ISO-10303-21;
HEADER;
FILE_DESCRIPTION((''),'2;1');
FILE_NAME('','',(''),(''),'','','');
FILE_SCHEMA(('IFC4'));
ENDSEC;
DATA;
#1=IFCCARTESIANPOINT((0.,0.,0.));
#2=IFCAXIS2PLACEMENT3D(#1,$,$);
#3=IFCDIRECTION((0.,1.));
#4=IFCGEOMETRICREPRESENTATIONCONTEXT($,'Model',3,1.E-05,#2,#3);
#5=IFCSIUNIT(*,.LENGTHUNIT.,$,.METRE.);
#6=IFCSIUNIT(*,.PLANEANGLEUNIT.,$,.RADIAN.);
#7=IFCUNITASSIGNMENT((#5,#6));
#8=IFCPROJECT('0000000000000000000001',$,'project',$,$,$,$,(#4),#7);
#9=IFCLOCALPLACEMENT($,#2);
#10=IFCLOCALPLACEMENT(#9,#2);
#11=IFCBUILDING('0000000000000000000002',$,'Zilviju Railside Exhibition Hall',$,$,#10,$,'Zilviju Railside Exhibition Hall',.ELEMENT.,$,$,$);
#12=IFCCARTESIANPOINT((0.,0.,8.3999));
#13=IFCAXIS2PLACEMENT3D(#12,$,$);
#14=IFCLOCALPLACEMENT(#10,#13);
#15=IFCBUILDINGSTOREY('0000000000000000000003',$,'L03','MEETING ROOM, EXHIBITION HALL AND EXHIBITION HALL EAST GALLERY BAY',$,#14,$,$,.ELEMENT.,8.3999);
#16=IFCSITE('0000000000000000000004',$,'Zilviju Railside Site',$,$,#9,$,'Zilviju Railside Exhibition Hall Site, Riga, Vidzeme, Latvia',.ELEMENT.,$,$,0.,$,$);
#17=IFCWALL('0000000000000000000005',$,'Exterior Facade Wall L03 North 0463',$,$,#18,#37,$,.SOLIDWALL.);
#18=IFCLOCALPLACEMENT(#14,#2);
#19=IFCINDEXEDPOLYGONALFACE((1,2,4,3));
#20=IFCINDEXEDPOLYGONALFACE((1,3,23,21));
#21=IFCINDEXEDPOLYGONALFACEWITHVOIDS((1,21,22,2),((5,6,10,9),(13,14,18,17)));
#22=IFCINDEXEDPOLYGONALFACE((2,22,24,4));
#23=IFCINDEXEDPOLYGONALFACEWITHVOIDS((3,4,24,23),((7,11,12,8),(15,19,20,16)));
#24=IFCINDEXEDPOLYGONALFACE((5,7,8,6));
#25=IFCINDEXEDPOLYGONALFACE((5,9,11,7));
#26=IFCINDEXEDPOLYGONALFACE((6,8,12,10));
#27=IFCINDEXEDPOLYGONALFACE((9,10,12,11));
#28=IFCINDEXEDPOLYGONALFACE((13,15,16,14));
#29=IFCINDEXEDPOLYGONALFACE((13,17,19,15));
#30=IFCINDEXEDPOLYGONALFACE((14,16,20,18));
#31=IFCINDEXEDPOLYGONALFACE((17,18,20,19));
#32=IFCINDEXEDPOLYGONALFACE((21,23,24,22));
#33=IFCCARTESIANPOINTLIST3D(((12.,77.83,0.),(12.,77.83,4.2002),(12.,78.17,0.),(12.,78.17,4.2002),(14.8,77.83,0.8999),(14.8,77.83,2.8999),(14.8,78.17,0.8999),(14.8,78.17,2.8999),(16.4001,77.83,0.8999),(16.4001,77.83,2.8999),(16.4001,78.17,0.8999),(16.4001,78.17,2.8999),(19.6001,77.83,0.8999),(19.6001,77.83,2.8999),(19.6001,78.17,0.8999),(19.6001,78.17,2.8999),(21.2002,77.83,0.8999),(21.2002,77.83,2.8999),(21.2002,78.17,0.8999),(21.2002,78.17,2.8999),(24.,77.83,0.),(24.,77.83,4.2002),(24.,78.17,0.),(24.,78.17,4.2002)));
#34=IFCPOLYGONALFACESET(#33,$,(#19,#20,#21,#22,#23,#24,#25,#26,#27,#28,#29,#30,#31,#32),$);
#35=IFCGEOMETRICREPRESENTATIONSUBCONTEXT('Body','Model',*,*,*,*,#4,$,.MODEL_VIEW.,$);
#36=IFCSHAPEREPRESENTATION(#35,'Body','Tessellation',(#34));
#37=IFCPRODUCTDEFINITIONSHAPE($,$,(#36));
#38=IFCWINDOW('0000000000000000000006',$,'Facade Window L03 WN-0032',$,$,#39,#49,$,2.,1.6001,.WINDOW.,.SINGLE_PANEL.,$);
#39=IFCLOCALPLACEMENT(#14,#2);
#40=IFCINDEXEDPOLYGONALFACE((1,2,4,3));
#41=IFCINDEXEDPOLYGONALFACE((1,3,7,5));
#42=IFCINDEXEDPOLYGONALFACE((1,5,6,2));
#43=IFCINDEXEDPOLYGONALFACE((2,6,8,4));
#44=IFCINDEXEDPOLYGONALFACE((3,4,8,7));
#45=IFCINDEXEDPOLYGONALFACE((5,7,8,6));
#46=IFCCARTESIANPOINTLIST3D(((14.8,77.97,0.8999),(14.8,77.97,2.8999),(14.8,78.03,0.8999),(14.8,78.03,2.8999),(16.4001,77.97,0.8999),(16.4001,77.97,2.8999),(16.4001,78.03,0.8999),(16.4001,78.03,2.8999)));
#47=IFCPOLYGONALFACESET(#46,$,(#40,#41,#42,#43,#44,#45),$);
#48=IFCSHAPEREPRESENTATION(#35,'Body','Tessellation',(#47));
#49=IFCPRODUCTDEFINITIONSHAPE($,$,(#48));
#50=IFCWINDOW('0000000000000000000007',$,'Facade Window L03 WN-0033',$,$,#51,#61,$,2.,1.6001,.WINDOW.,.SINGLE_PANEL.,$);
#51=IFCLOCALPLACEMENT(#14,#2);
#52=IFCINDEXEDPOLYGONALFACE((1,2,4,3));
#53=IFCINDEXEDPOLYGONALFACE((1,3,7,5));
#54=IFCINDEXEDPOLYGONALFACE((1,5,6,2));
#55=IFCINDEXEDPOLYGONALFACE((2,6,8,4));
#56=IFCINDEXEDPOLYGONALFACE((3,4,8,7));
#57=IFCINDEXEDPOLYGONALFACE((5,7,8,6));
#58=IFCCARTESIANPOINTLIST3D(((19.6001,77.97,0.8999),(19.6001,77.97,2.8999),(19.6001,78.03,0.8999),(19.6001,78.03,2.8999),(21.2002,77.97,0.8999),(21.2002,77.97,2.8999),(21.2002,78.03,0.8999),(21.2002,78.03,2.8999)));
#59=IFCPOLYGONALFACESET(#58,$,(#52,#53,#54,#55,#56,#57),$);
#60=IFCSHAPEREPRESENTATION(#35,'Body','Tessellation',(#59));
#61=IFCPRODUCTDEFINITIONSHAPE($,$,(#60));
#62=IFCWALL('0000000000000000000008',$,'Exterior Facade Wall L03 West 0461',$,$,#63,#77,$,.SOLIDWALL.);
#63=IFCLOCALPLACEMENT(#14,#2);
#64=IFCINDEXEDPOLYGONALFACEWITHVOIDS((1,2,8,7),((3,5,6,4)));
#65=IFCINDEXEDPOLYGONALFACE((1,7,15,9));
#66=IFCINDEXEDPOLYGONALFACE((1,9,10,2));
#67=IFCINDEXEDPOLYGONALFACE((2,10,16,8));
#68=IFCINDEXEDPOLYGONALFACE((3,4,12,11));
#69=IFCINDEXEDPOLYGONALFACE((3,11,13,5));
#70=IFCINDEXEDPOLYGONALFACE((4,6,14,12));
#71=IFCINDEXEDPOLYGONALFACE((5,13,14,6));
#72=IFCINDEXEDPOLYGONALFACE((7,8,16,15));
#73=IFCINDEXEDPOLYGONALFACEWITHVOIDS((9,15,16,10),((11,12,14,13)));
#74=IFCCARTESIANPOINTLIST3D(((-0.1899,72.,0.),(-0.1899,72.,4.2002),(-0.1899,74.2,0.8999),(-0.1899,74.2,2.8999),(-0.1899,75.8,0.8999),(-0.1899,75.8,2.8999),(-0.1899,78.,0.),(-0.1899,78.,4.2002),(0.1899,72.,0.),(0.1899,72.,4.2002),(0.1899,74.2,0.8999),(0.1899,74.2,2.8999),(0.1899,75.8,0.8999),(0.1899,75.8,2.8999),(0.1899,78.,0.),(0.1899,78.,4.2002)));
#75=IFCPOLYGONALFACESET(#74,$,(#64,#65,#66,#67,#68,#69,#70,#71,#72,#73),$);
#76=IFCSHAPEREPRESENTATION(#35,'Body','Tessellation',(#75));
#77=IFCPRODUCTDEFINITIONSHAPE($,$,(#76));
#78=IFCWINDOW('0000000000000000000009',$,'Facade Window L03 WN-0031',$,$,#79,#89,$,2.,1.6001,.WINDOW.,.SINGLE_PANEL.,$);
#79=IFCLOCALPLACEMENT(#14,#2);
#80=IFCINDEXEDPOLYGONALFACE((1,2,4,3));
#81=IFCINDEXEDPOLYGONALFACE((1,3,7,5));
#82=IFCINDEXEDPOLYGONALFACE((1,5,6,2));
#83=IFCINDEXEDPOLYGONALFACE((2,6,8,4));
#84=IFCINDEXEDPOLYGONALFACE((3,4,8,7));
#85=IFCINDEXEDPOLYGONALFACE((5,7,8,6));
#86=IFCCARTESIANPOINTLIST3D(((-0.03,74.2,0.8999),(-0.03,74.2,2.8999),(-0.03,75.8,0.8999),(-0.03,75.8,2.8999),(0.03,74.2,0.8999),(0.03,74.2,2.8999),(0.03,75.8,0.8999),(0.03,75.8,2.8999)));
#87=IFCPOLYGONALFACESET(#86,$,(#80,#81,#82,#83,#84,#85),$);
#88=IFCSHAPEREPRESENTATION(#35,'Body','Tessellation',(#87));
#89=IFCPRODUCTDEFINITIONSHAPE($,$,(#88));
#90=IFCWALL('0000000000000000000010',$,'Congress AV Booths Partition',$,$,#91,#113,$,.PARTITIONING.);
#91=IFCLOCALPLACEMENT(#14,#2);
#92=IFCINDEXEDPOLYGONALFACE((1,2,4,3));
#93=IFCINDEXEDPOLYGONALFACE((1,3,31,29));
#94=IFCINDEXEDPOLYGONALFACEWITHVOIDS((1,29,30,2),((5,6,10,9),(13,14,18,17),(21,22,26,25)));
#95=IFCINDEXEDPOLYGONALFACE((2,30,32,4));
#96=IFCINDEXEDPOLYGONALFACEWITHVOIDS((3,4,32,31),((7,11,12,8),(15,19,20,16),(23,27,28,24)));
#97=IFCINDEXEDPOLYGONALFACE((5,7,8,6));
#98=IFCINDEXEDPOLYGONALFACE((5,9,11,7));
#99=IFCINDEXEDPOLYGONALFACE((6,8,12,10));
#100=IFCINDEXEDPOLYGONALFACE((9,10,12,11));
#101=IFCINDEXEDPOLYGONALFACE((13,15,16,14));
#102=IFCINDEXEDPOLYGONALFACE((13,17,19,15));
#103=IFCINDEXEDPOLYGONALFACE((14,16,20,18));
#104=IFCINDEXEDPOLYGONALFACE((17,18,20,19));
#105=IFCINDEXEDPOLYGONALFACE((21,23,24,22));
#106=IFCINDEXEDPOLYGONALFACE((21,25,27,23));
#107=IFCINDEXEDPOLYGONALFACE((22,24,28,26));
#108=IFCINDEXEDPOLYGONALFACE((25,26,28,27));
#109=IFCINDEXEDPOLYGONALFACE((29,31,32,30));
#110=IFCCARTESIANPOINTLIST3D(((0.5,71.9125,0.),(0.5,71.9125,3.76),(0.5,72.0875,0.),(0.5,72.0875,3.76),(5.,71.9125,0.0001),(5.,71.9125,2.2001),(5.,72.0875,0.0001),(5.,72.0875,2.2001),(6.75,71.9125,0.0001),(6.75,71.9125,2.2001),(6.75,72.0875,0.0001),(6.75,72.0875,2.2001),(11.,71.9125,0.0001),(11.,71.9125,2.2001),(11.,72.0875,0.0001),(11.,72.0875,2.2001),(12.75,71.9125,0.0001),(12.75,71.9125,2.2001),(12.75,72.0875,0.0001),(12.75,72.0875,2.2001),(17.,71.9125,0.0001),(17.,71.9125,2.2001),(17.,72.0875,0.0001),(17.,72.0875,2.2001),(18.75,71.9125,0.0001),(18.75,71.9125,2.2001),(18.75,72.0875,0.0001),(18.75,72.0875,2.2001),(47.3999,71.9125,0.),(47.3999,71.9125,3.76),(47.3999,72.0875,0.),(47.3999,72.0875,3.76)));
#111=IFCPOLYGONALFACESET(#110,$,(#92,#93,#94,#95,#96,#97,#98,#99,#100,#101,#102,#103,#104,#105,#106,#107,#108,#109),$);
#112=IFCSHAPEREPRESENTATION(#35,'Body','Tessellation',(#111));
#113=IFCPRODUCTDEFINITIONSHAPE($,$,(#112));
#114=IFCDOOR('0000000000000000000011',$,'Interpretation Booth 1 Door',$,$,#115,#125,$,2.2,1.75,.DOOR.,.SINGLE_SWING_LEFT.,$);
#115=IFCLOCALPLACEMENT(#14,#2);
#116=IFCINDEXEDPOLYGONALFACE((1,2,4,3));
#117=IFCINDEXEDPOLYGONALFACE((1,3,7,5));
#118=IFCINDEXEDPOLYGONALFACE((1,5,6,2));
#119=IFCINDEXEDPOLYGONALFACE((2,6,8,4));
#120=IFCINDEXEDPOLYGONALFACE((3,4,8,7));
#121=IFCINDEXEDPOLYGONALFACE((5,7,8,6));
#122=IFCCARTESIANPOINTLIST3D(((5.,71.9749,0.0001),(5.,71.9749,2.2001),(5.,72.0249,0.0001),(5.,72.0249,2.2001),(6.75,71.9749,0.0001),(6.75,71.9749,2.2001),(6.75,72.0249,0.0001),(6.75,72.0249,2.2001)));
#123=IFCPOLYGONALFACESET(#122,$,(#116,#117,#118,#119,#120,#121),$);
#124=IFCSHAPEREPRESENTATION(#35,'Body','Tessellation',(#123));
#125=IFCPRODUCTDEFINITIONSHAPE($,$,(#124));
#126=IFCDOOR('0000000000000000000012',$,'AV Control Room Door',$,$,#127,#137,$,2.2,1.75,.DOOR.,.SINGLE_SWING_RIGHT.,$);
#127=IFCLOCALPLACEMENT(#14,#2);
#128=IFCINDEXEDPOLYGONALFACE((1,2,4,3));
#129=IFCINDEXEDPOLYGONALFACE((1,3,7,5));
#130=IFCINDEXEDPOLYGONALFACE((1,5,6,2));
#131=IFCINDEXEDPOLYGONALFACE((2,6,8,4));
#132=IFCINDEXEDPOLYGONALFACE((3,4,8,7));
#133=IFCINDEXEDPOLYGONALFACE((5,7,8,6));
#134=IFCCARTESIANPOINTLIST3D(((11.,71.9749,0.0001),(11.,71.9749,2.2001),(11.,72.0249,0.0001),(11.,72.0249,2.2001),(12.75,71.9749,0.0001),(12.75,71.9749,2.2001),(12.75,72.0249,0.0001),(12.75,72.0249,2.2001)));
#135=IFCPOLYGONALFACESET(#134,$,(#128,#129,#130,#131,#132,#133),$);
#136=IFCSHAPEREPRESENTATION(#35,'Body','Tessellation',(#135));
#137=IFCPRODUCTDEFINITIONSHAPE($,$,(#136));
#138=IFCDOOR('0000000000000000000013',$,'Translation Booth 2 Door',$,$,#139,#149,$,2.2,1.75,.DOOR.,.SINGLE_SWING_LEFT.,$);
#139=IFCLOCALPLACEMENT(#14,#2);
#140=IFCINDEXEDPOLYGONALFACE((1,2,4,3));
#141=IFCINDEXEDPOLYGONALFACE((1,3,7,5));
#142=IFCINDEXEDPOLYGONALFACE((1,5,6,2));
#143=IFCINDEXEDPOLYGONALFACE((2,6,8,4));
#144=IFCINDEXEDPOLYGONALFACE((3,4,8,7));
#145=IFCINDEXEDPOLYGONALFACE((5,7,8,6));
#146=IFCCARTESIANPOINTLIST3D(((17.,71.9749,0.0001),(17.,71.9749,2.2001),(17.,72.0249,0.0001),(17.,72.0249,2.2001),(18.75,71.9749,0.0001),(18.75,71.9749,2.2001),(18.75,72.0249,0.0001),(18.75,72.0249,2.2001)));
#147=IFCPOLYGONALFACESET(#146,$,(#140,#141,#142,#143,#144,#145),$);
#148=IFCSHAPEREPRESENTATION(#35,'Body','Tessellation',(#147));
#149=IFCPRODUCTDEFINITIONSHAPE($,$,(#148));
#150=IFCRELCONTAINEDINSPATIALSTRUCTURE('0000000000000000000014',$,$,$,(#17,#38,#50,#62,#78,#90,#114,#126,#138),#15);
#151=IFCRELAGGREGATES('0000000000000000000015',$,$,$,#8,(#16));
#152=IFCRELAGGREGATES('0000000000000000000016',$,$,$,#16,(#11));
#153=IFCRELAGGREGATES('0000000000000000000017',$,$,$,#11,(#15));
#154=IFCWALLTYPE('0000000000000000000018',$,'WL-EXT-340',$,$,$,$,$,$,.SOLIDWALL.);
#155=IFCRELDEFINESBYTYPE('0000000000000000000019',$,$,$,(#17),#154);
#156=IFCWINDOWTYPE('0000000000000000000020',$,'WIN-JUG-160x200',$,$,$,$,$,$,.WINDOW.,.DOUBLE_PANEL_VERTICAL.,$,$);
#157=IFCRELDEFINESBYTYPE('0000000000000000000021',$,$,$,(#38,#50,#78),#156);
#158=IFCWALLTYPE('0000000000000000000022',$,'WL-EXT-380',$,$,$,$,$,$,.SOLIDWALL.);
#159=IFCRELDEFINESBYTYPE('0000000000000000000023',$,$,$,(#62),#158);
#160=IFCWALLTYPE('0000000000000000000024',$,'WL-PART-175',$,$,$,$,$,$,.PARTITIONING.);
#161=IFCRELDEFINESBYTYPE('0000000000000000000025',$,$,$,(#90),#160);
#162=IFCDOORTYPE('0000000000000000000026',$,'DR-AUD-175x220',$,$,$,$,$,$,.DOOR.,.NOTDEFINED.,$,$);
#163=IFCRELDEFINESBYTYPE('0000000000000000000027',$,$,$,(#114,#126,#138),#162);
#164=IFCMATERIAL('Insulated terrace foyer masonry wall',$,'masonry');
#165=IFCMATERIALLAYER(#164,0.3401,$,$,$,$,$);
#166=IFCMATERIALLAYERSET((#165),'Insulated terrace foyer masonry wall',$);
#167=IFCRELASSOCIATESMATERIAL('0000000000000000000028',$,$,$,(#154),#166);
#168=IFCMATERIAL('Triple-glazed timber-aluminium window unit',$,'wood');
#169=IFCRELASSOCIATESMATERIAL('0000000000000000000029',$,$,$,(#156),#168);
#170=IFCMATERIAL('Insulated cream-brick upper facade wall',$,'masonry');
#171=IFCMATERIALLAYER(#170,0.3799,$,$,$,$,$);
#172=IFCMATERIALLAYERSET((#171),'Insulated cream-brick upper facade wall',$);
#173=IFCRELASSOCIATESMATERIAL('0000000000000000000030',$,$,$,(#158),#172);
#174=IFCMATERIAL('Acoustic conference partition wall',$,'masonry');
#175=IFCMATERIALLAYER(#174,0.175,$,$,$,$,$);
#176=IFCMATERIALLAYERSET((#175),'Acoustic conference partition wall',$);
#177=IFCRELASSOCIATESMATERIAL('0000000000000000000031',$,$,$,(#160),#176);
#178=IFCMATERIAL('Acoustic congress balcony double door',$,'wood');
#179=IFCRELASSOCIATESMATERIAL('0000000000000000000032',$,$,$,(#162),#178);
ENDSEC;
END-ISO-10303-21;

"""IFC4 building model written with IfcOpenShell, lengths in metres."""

from ifc_helpers import new_model, si_unit, direction, frame, frame_2d, origin, place, context, subcontext, project, spatial, rectangle, extrude, material, layer, layer_set, type_object, element, fill, save


model = new_model("IFC4")

# Units and contexts
model_context = context("Model", 3, precision=1e-05, world=origin(), true_north=direction((0.0, 1.0)))
body_context = subcontext(model_context, "Body", "Model", "MODEL_VIEW")
ifc_project = project(units=[si_unit("LENGTHUNIT", "METRE"), si_unit("PLANEANGLEUNIT", "RADIAN")], contexts=[model_context])

# Site, building, storey
site_placement = place(None, origin())
site = spatial("IfcSite", under=ifc_project, at=site_placement, Name="Zilviju Railside Site", LongName="Zilviju Railside Exhibition Hall Site, Riga, Vidzeme, Latvia", CompositionType="ELEMENT", RefElevation=0.0)
building_placement = place(site_placement, origin())
building = spatial("IfcBuilding", under=site, at=building_placement, Name="Zilviju Railside Exhibition Hall", LongName="Zilviju Railside Exhibition Hall", CompositionType="ELEMENT")
storey_placement = place(building_placement, frame((0.0, 0.0, 8.3999)))
storey = spatial("IfcBuildingStorey", under=building, at=storey_placement, Name="L03", Description="MEETING ROOM, EXHIBITION HALL AND EXHIBITION HALL EAST GALLERY BAY", CompositionType="ELEMENT", Elevation=8.3999)

# Shared definitions
ifc_material_1 = material(Name="Insulated terrace foyer masonry wall", Category="masonry")
ifc_layer_1 = layer(ifc_material_1, 0.3401)
ifc_layer_set_1 = layer_set([ifc_layer_1], Name="Insulated terrace foyer masonry wall")
wall_type_1 = type_object("IfcWallType", Name="WL-EXT-340", PredefinedType="SOLIDWALL", material=ifc_layer_set_1)

# Wall, openings, windows
wall_1_placement = place(storey_placement, frame((12.0, 78.0, 0.0), z_axis=(0.0, 0.0, 1.0), x_axis=(1.0, 0.0, 0.0)))
wall_1 = element("IfcWall", 1, at=wall_1_placement, inside=storey, type_object=wall_type_1, Name="Exterior Facade Wall L03 North 0463", PredefinedType="SOLIDWALL", context=body_context, shape_type="SweptSolid", body=[
    extrude(rectangle(XDim=12.0, YDim=0.3401, at=frame_2d((6.0, 0.0))), origin(), (0.0, 0.0, 1.0), 4.2002),
])
opening_1_placement = place(wall_1_placement, frame((2.8, 0.0, 0.8999)))
opening_1 = element("IfcOpeningElement", 2, at=opening_1_placement, cuts=wall_1, PredefinedType="OPENING", context=body_context, shape_type="SweptSolid", body=[
    extrude(rectangle(XDim=1.6001, YDim=2.0, at=frame_2d((0.8, 1.0))), frame((0.0, 0.1799, 0.0), z_axis=(0.0, -1.0, 0.0), x_axis=(1.0, 0.0, 0.0)), (0.0, 0.0, 1.0), 0.3601),
])
opening_2_placement = place(wall_1_placement, frame((7.6001, 0.0, 0.8999)))
opening_2 = element("IfcOpeningElement", 3, at=opening_2_placement, cuts=wall_1, PredefinedType="OPENING", context=body_context, shape_type="SweptSolid", body=[
    extrude(rectangle(XDim=1.6001, YDim=2.0, at=frame_2d((0.8, 1.0))), frame((0.0, 0.1799, 0.0), z_axis=(0.0, -1.0, 0.0), x_axis=(1.0, 0.0, 0.0)), (0.0, 0.0, 1.0), 0.3601),
])
ifc_material_2 = material(Name="Triple-glazed timber-aluminium window unit", Category="wood")
window_type = type_object("IfcWindowType", Name="WIN-JUG-160x200", PartitioningType="DOUBLE_PANEL_VERTICAL", PredefinedType="WINDOW", material=ifc_material_2)
window_1_placement = place(opening_1_placement, origin())
window_1 = element("IfcWindow", 4, at=window_1_placement, inside=storey, type_object=window_type, Name="Facade Window L03 WN-0032", OverallHeight=2.0, OverallWidth=1.6001, PartitioningType="SINGLE_PANEL", PredefinedType="WINDOW", context=body_context, shape_type="SweptSolid", body=[
    extrude(rectangle(XDim=1.6001, YDim=2.0, at=frame_2d((0.8, 1.0))), frame((0.0, 0.03, 0.0), z_axis=(0.0, -1.0, 0.0), x_axis=(1.0, 0.0, 0.0)), (0.0, 0.0, 1.0), 0.0601),
])
fill(opening_1, window_1)
window_2_placement = place(opening_2_placement, origin())
window_2 = element("IfcWindow", 5, at=window_2_placement, inside=storey, type_object=window_type, Name="Facade Window L03 WN-0033", OverallHeight=2.0, OverallWidth=1.6001, PartitioningType="SINGLE_PANEL", PredefinedType="WINDOW", context=body_context, shape_type="SweptSolid", body=[
    extrude(rectangle(XDim=1.6001, YDim=2.0, at=frame_2d((0.8, 1.0))), frame((0.0, 0.03, 0.0), z_axis=(0.0, -1.0, 0.0), x_axis=(1.0, 0.0, 0.0)), (0.0, 0.0, 1.0), 0.0601),
])
fill(opening_2, window_2)

# Wall, opening, window
ifc_material_3 = material(Name="Insulated cream-brick upper facade wall", Category="masonry")
ifc_layer_2 = layer(ifc_material_3, 0.3799)
ifc_layer_set_2 = layer_set([ifc_layer_2], Name="Insulated cream-brick upper facade wall")
wall_type_2 = type_object("IfcWallType", Name="WL-EXT-380", PredefinedType="SOLIDWALL", material=ifc_layer_set_2)
wall_2_placement = place(storey_placement, frame((0.0, 72.0, 0.0), z_axis=(0.0, 0.0, 1.0), x_axis=(0.0, 1.0, 0.0)))
wall_2 = element("IfcWall", 6, at=wall_2_placement, inside=storey, type_object=wall_type_2, Name="Exterior Facade Wall L03 West 0461", PredefinedType="SOLIDWALL", context=body_context, shape_type="SweptSolid", body=[
    extrude(rectangle(XDim=6.0, YDim=0.3799, at=frame_2d((3.0, 0.0))), origin(), (0.0, 0.0, 1.0), 4.2002),
])
opening_3_placement = place(wall_2_placement, frame((2.2, 0.0, 0.8999)))
opening_3 = element("IfcOpeningElement", 7, at=opening_3_placement, cuts=wall_2, PredefinedType="OPENING", context=body_context, shape_type="SweptSolid", body=[
    extrude(rectangle(XDim=1.6001, YDim=2.0, at=frame_2d((0.8, 1.0))), frame((0.0, 0.2, 0.0), z_axis=(0.0, -1.0, 0.0), x_axis=(1.0, 0.0, 0.0)), (0.0, 0.0, 1.0), 0.3999),
])
window_3_placement = place(opening_3_placement, origin())
window_3 = element("IfcWindow", 8, at=window_3_placement, inside=storey, type_object=window_type, Name="Facade Window L03 WN-0031", OverallHeight=2.0, OverallWidth=1.6001, PartitioningType="SINGLE_PANEL", PredefinedType="WINDOW", context=body_context, shape_type="SweptSolid", body=[
    extrude(rectangle(XDim=1.6001, YDim=2.0, at=frame_2d((0.8, 1.0))), frame((0.0, 0.03, 0.0), z_axis=(0.0, -1.0, 0.0), x_axis=(1.0, 0.0, 0.0)), (0.0, 0.0, 1.0), 0.0601),
])
fill(opening_3, window_3)

# Wall, openings, doors
ifc_material_4 = material(Name="Acoustic conference partition wall", Category="masonry")
ifc_layer_3 = layer(ifc_material_4, 0.175)
ifc_layer_set_3 = layer_set([ifc_layer_3], Name="Acoustic conference partition wall")
wall_type_3 = type_object("IfcWallType", Name="WL-PART-175", PredefinedType="PARTITIONING", material=ifc_layer_set_3)
wall_3_placement = place(storey_placement, frame((0.5, 72.0, 0.0), z_axis=(0.0, 0.0, 1.0), x_axis=(1.0, 0.0, 0.0)))
wall_3 = element("IfcWall", 9, at=wall_3_placement, inside=storey, type_object=wall_type_3, Name="Congress AV Booths Partition", PredefinedType="PARTITIONING", context=body_context, shape_type="SweptSolid", body=[
    extrude(rectangle(XDim=46.8999, YDim=0.175, at=frame_2d((23.45, 0.0))), origin(), (0.0, 0.0, 1.0), 3.76),
])
opening_4_placement = place(wall_3_placement, frame((4.5, 0.0, 0.0)))
opening_4 = element("IfcOpeningElement", 10, at=opening_4_placement, cuts=wall_3, PredefinedType="OPENING", context=body_context, shape_type="SweptSolid", body=[
    extrude(rectangle(XDim=1.75, YDim=2.2, at=frame_2d((0.875, 1.1001))), frame((0.0, 0.0974, 0.0), z_axis=(0.0, -1.0, 0.0), x_axis=(1.0, 0.0, 0.0)), (0.0, 0.0, 1.0), 0.1951),
])
opening_5_placement = place(wall_3_placement, frame((10.5, 0.0, 0.0)))
opening_5 = element("IfcOpeningElement", 11, at=opening_5_placement, cuts=wall_3, PredefinedType="OPENING", context=body_context, shape_type="SweptSolid", body=[
    extrude(rectangle(XDim=1.75, YDim=2.2, at=frame_2d((0.875, 1.1001))), frame((0.0, 0.0974, 0.0), z_axis=(0.0, -1.0, 0.0), x_axis=(1.0, 0.0, 0.0)), (0.0, 0.0, 1.0), 0.1951),
])
opening_6_placement = place(wall_3_placement, frame((16.5, 0.0, 0.0)))
opening_6 = element("IfcOpeningElement", 12, at=opening_6_placement, cuts=wall_3, PredefinedType="OPENING", context=body_context, shape_type="SweptSolid", body=[
    extrude(rectangle(XDim=1.75, YDim=2.2, at=frame_2d((0.875, 1.1001))), frame((0.0, 0.0974, 0.0), z_axis=(0.0, -1.0, 0.0), x_axis=(1.0, 0.0, 0.0)), (0.0, 0.0, 1.0), 0.1951),
])
ifc_material_5 = material(Name="Acoustic congress balcony double door", Category="wood")
door_type_1 = type_object("IfcDoorType", Name="DR-AUD-175x220", OperationType="NOTDEFINED", PredefinedType="DOOR", material=ifc_material_5)
door_1_placement = place(opening_4_placement, origin())
door_1 = element("IfcDoor", 13, at=door_1_placement, inside=storey, type_object=door_type_1, Name="Interpretation Booth 1 Door", OperationType="SINGLE_SWING_LEFT", OverallHeight=2.2, OverallWidth=1.75, PredefinedType="DOOR", context=body_context, shape_type="SweptSolid", body=[
    extrude(rectangle(XDim=1.75, YDim=2.2, at=frame_2d((0.875, 1.1001))), frame((0.0, 0.0249, 0.0), z_axis=(0.0, -1.0, 0.0), x_axis=(1.0, 0.0, 0.0)), (0.0, 0.0, 1.0), 0.05),
])
fill(opening_4, door_1)
door_2_placement = place(opening_5_placement, origin())
door_2 = element("IfcDoor", 14, at=door_2_placement, inside=storey, type_object=door_type_1, Name="AV Control Room Door", OperationType="SINGLE_SWING_RIGHT", OverallHeight=2.2, OverallWidth=1.75, PredefinedType="DOOR", context=body_context, shape_type="SweptSolid", body=[
    extrude(rectangle(XDim=1.75, YDim=2.2, at=frame_2d((0.875, 1.1001))), frame((0.0, 0.0249, 0.0), z_axis=(0.0, -1.0, 0.0), x_axis=(1.0, 0.0, 0.0)), (0.0, 0.0, 1.0), 0.05),
])
fill(opening_5, door_2)
door_3_placement = place(opening_6_placement, origin())
door_3 = element("IfcDoor", 15, at=door_3_placement, inside=storey, type_object=door_type_1, Name="Translation Booth 2 Door", OperationType="SINGLE_SWING_LEFT", OverallHeight=2.2, OverallWidth=1.75, PredefinedType="DOOR", context=body_context, shape_type="SweptSolid", body=[
    extrude(rectangle(XDim=1.75, YDim=2.2, at=frame_2d((0.875, 1.1001))), frame((0.0, 0.0249, 0.0), z_axis=(0.0, -1.0, 0.0), x_axis=(1.0, 0.0, 0.0)), (0.0, 0.0, 1.0), 0.05),
])
fill(opening_6, door_3)

save(model, "model.ifc")
